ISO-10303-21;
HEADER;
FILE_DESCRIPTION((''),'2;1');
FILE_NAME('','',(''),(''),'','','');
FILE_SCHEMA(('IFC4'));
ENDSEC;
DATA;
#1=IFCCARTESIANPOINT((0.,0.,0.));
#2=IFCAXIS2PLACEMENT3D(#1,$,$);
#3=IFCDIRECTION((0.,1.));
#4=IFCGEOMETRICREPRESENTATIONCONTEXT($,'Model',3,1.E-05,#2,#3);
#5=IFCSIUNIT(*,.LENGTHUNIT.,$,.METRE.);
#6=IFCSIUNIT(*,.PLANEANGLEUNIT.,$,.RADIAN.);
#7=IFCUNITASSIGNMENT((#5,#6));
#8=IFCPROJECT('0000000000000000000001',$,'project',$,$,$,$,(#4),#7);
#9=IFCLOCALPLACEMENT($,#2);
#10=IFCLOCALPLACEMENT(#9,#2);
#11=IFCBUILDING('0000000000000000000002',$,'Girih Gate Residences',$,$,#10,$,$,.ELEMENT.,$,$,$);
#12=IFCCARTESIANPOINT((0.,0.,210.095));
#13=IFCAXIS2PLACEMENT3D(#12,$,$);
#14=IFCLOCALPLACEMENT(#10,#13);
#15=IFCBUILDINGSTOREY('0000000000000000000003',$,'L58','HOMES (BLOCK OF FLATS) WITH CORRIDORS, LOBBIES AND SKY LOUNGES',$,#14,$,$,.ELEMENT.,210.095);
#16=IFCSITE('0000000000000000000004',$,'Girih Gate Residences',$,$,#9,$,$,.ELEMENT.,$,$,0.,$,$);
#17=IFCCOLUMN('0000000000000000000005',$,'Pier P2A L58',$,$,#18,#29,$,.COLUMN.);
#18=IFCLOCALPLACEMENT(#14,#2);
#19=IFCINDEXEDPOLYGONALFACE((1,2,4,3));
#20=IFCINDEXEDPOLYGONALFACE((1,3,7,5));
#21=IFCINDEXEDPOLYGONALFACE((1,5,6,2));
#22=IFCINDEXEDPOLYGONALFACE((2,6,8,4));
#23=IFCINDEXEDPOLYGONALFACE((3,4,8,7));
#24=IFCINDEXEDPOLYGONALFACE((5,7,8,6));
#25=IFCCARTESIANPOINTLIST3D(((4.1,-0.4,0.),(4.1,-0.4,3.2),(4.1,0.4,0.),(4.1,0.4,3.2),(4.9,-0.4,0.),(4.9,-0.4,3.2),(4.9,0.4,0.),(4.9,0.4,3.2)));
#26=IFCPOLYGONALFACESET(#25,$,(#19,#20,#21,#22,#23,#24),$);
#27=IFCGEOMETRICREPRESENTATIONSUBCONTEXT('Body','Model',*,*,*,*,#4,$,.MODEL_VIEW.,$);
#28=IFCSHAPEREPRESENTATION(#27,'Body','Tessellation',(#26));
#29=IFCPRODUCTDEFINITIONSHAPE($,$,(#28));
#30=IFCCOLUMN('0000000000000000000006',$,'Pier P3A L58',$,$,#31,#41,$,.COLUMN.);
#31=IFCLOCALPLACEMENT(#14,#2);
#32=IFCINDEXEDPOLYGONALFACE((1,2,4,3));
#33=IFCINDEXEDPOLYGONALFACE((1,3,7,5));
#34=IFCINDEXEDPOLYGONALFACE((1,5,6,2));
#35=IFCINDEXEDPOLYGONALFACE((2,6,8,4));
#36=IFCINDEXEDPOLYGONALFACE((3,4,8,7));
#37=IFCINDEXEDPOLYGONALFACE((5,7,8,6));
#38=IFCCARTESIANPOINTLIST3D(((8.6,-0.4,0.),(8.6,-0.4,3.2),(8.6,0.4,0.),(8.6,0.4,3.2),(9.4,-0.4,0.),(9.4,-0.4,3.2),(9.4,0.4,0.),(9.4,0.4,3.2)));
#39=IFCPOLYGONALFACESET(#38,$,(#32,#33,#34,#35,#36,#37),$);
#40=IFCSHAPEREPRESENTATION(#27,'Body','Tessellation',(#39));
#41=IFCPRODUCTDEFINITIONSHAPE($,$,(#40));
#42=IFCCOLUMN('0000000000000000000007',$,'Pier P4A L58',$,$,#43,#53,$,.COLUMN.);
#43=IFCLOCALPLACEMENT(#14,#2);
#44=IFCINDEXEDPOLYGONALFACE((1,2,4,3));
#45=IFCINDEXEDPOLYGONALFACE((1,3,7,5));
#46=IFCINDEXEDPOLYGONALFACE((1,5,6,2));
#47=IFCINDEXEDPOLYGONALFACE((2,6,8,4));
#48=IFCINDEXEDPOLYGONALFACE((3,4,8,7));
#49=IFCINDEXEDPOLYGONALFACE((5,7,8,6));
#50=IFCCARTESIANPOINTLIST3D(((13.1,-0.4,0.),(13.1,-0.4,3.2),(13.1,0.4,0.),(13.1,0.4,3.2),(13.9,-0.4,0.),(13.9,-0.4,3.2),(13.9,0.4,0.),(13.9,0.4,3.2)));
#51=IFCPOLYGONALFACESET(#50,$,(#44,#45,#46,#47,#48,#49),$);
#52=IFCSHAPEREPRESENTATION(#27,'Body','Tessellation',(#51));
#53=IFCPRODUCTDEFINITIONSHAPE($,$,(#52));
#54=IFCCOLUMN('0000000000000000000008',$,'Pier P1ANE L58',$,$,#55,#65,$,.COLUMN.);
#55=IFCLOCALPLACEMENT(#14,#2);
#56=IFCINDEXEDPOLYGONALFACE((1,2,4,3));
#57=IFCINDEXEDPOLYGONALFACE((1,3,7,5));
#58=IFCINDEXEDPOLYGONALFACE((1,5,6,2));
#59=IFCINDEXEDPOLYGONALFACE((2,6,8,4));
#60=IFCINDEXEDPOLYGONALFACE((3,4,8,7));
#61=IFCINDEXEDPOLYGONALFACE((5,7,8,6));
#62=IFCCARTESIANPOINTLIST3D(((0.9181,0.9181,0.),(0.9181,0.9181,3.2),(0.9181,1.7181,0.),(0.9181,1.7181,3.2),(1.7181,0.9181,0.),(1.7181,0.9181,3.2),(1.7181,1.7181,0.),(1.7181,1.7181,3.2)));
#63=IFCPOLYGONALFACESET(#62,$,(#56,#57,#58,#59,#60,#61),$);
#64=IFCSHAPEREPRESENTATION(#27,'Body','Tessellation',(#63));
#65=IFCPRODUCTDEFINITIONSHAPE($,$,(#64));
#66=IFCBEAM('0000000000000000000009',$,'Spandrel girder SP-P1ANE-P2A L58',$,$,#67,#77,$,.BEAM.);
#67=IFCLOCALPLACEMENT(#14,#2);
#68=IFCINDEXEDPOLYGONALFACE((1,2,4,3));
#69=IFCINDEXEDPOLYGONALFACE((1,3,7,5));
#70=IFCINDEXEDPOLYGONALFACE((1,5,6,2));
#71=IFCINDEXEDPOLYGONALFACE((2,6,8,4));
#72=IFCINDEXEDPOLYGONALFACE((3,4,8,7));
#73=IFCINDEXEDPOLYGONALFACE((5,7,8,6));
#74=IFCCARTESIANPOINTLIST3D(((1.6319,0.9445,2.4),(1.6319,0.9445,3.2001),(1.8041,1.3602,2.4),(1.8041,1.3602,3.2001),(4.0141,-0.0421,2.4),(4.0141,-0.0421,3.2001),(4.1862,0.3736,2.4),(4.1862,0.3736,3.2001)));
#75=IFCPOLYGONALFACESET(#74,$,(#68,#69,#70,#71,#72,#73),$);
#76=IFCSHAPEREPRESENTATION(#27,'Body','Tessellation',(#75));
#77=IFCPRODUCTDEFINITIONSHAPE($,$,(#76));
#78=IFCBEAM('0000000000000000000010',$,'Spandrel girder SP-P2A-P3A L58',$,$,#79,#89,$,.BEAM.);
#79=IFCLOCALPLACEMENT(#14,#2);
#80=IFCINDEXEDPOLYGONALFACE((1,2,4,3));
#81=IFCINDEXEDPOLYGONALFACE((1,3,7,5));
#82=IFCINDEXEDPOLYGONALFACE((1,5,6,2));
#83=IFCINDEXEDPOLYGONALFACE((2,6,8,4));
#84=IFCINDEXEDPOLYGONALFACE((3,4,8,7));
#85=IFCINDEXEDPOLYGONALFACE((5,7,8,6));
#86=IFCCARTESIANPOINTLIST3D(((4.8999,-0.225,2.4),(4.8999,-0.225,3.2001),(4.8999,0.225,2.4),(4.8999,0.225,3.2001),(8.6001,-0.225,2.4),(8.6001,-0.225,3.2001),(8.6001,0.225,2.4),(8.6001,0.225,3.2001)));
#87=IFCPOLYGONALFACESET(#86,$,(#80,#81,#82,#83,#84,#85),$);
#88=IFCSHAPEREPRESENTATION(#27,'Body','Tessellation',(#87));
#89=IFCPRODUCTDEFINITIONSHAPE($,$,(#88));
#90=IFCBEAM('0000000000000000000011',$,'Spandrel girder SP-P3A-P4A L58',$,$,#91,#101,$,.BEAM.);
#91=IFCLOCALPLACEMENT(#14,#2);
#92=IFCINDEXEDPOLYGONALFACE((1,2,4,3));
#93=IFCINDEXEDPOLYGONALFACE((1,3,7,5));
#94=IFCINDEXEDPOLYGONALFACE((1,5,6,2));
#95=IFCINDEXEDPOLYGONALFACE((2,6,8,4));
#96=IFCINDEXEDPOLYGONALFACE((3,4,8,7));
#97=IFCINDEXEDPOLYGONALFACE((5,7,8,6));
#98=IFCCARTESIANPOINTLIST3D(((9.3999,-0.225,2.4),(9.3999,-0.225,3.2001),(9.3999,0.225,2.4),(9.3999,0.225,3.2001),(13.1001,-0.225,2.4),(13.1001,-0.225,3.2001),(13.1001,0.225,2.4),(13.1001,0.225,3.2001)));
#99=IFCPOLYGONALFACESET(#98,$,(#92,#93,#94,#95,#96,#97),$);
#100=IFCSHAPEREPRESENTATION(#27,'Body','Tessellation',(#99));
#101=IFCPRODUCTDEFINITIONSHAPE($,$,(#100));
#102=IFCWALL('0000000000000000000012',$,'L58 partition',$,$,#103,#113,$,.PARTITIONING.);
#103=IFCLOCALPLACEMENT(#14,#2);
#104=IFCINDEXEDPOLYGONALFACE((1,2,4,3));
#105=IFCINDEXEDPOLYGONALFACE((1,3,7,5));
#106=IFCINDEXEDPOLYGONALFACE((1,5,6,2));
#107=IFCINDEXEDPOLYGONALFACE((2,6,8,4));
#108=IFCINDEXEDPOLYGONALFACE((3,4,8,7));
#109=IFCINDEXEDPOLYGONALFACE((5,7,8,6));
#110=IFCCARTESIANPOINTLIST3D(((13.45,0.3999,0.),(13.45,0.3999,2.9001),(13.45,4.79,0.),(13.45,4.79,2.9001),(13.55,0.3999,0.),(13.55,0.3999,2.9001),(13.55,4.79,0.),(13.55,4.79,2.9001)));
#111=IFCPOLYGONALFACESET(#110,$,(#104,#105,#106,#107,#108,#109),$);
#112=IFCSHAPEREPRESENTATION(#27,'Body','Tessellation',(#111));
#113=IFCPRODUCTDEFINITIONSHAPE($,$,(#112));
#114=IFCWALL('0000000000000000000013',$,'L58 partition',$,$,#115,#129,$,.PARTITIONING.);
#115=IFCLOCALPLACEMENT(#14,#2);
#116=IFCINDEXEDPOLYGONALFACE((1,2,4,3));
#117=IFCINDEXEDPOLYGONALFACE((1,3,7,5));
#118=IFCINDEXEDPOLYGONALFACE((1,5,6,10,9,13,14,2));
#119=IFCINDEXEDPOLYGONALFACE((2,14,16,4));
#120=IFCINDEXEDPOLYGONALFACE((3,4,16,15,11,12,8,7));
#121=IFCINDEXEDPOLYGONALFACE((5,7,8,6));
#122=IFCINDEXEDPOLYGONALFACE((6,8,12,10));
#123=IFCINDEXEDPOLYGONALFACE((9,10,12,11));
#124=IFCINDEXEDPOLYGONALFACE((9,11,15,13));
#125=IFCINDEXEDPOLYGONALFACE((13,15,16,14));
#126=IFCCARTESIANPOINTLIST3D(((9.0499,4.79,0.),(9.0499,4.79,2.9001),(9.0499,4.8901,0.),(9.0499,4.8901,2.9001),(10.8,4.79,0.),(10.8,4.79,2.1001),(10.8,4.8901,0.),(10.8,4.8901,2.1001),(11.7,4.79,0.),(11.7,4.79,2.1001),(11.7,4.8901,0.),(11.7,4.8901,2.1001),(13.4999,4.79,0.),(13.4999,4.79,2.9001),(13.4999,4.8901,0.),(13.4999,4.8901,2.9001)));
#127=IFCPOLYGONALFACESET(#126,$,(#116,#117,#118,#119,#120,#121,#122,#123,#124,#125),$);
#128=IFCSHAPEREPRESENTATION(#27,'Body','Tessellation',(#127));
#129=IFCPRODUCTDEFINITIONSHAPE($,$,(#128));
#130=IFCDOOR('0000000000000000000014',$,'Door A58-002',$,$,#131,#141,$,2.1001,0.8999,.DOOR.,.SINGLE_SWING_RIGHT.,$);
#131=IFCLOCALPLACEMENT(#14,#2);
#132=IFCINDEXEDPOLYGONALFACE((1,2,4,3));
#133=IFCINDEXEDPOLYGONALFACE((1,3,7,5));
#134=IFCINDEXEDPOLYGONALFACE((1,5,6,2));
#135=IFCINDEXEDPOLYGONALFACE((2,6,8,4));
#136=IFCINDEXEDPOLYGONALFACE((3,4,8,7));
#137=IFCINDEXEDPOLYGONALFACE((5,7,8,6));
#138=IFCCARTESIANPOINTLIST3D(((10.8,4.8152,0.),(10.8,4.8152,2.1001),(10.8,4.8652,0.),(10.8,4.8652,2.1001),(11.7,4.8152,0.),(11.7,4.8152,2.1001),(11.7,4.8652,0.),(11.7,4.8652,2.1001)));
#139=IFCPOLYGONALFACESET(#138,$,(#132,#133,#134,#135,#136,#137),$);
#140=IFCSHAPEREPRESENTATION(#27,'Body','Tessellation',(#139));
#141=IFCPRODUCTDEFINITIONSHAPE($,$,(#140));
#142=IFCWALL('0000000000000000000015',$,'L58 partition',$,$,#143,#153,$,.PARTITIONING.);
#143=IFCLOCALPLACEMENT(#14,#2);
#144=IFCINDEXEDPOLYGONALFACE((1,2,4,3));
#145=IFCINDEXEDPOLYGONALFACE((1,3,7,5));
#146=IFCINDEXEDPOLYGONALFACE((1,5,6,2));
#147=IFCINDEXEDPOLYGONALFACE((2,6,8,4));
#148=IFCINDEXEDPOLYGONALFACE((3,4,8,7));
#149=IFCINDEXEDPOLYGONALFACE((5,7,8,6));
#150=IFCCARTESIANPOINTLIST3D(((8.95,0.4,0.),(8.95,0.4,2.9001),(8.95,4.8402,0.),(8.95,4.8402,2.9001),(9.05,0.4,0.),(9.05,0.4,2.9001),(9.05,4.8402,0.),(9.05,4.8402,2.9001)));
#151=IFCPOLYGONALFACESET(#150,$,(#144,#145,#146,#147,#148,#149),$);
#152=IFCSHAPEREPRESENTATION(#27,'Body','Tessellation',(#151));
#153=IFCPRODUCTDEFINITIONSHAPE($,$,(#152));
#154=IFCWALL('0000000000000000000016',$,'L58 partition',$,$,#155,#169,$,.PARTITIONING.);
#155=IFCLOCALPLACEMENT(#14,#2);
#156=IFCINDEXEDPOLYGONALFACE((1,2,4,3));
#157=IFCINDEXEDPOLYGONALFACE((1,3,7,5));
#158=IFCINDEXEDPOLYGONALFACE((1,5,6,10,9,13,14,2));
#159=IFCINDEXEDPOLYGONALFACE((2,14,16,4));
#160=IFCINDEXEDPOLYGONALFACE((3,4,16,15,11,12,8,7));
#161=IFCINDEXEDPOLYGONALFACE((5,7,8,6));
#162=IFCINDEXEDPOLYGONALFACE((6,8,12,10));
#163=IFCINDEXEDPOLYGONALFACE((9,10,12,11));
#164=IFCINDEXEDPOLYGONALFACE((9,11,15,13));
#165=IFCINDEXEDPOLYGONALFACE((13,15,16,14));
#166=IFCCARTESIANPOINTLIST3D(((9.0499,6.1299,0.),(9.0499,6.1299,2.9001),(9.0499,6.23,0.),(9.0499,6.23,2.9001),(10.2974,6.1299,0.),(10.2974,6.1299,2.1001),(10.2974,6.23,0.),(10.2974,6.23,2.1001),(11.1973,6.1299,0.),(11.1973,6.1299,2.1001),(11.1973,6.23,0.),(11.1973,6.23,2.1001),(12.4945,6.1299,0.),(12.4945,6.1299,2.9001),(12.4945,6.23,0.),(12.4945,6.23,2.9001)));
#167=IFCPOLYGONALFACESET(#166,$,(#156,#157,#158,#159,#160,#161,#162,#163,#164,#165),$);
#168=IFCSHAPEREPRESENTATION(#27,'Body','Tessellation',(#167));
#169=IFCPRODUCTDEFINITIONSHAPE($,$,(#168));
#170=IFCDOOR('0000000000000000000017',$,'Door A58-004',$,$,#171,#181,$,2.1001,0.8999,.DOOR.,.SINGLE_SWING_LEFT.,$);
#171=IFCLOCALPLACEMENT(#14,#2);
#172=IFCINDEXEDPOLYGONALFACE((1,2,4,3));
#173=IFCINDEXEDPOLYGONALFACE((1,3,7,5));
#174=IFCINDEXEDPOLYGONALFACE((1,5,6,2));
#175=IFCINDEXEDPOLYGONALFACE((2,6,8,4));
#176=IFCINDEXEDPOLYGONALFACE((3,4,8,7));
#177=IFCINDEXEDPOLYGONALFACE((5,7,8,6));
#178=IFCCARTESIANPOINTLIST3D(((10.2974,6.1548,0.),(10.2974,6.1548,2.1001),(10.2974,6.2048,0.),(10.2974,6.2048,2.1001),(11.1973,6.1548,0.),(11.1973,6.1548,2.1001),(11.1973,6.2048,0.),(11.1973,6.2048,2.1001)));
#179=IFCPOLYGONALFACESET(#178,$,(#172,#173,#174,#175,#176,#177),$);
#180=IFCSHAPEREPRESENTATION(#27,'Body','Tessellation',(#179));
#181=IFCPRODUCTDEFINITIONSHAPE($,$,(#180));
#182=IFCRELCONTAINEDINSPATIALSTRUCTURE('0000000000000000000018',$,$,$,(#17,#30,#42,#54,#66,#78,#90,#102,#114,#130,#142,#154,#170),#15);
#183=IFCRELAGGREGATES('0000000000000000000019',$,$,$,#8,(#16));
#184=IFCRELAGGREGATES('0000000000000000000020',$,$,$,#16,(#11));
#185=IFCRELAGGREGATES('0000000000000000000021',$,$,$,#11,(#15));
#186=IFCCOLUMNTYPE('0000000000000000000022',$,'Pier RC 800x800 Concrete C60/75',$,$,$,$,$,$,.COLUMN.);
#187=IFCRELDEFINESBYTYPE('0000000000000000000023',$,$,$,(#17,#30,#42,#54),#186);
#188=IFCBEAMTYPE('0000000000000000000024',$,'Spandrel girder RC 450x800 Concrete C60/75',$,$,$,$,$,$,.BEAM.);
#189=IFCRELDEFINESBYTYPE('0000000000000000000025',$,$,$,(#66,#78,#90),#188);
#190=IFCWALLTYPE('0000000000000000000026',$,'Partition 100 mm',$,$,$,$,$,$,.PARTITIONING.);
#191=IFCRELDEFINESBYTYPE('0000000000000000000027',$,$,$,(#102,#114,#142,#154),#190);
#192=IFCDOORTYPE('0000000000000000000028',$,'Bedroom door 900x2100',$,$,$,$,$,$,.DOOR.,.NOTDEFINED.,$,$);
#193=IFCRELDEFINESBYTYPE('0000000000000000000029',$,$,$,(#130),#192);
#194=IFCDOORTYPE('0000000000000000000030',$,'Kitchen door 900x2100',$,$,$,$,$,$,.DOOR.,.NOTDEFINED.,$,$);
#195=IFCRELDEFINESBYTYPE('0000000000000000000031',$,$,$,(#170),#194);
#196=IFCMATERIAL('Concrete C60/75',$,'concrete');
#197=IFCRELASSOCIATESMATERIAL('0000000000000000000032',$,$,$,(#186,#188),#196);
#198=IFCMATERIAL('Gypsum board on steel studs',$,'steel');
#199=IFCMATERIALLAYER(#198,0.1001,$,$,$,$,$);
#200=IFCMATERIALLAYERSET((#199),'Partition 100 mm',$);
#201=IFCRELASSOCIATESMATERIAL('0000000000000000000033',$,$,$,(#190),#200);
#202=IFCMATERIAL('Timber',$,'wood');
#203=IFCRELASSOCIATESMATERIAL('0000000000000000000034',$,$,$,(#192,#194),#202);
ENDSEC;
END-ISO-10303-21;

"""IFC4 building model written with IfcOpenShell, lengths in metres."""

from ifc_helpers import new_model, si_unit, direction, frame, frame_2d, origin, origin_2d, place, context, subcontext, project, spatial, rectangle, extrude, material, layer, layer_set, material_profile, profile_set, type_object, element, fill, save


model = new_model("IFC4")

# Units and contexts
model_context = context("Model", 3, precision=1e-05, world=origin(), true_north=direction((0.0, 1.0)))
body_context = subcontext(model_context, "Body", "Model", "MODEL_VIEW")
ifc_project = project(units=[si_unit("LENGTHUNIT", "METRE"), si_unit("PLANEANGLEUNIT", "RADIAN")], contexts=[model_context])

# Site, building, storey
site_placement = place(None, origin())
site = spatial("IfcSite", under=ifc_project, at=site_placement, Name="Girih Gate Residences", CompositionType="ELEMENT", RefElevation=0.0)
building_placement = place(site_placement, origin())
building = spatial("IfcBuilding", under=site, at=building_placement, Name="Girih Gate Residences", CompositionType="ELEMENT")
storey_placement = place(building_placement, frame((0.0, 0.0, 210.095)))
storey = spatial("IfcBuildingStorey", under=building, at=storey_placement, Name="L58", Description="HOMES (BLOCK OF FLATS) WITH CORRIDORS, LOBBIES AND SKY LOUNGES", CompositionType="ELEMENT", Elevation=210.095)

# Columns
ifc_material_1 = material(Name="Concrete C60/75", Category="concrete")
ifc_material_profile_1 = material_profile(ifc_material_1, rectangle(XDim=0.8, YDim=0.8, at=origin_2d()))
ifc_profile_set_1 = profile_set([ifc_material_profile_1], Name="Concrete C60/75")
column_type = type_object("IfcColumnType", Name="Pier RC 800x800 Concrete C60/75", PredefinedType="COLUMN", material=ifc_profile_set_1)
for number, where, z_axis, x_axis, name in (
    (1, (4.5, 0.0, 0.0), (0.0, 0.0, 1.0), (1.0, 0.0, 0.0), "Pier P2A L58"),
    (2, (9.0, 0.0, 0.0), (0.0, 0.0, 1.0), (1.0, 0.0, 0.0), "Pier P3A L58"),
    (3, (13.5, 0.0, 0.0), (0.0, 0.0, 1.0), (1.0, 0.0, 0.0), "Pier P4A L58"),
    (4, (1.3181, 1.3181, 0.0), (0.0, 0.0, 1.0), (1.0, 0.0, 0.0), "Pier P1ANE L58"),
):
    element("IfcColumn", number, at=place(storey_placement, frame(where, z_axis=z_axis, x_axis=x_axis)), inside=storey, type_object=column_type, Name=name, PredefinedType="COLUMN", context=body_context, shape_type="SweptSolid", body=[
        extrude(rectangle(XDim=0.8, YDim=0.8, at=origin_2d()), origin(), (0.0, 0.0, 1.0), 3.2),
    ])

# Beams
ifc_material_profile_2 = material_profile(ifc_material_1, rectangle(XDim=0.45, YDim=0.8, at=origin_2d()))
ifc_profile_set_2 = profile_set([ifc_material_profile_2], Name="Concrete C60/75")
beam_type = type_object("IfcBeamType", Name="Spandrel girder RC 450x800 Concrete C60/75", PredefinedType="BEAM", material=ifc_profile_set_2)
beam_placement = place(storey_placement, frame((1.718, 1.1523, 2.8), z_axis=(0.923896, -0.382644, 0.0), x_axis=(0.382644, 0.923896, 0.0)))
element("IfcBeam", 5, at=beam_placement, inside=storey, type_object=beam_type, Name="Spandrel girder SP-P1ANE-P2A L58", PredefinedType="BEAM", context=body_context, shape_type="SweptSolid", body=[
    extrude(rectangle(XDim=0.45, YDim=0.8, at=origin_2d()), origin(), (0.0, 0.0, 1.0), 2.5784),
])
for number, where, z_axis, x_axis, name in (
    (6, (4.8999, 0.0, 2.8), (1.0, 0.0, 0.0), (0.0, 1.0, 0.0), "Spandrel girder SP-P2A-P3A L58"),
    (7, (9.3999, 0.0, 2.8), (1.0, 0.0, 0.0), (0.0, 1.0, 0.0), "Spandrel girder SP-P3A-P4A L58"),
):
    element("IfcBeam", number, at=place(storey_placement, frame(where, z_axis=z_axis, x_axis=x_axis)), inside=storey, type_object=beam_type, Name=name, PredefinedType="BEAM", context=body_context, shape_type="SweptSolid", body=[
        extrude(rectangle(XDim=0.45, YDim=0.8, at=origin_2d()), origin(), (0.0, 0.0, 1.0), 3.7002),
    ])

# Wall
ifc_material_2 = material(Name="Gypsum board on steel studs", Category="steel")
ifc_layer_1 = layer(ifc_material_2, 0.1001)
ifc_layer_set_1 = layer_set([ifc_layer_1], Name="Partition 100 mm")
wall_type_1 = type_object("IfcWallType", Name="Partition 100 mm", PredefinedType="PARTITIONING", material=ifc_layer_set_1)
wall_1_placement = place(storey_placement, frame((13.5, 0.3999, 0.0), z_axis=(0.0, 0.0, 1.0), x_axis=(0.0, 1.0, 0.0)))
element("IfcWall", 8, at=wall_1_placement, inside=storey, type_object=wall_type_1, Name="L58 partition", PredefinedType="PARTITIONING", context=body_context, shape_type="SweptSolid", body=[
    extrude(rectangle(XDim=4.3901, YDim=0.1001, at=frame_2d((2.1951, 0.0))), origin(), (0.0, 0.0, 1.0), 2.9001),
])

# Wall, opening, door
wall_2_placement = place(storey_placement, frame((13.5, 4.8401, 0.0), z_axis=(0.0, 0.0, 1.0), x_axis=(-1.0, 0.0, 0.0)))
wall_2 = element("IfcWall", 9, at=wall_2_placement, inside=storey, type_object=wall_type_1, Name="L58 partition", PredefinedType="PARTITIONING", context=body_context, shape_type="SweptSolid", body=[
    extrude(rectangle(XDim=4.45, YDim=0.1001, at=frame_2d((2.2251, 0.0))), origin(), (0.0, 0.0, 1.0), 2.9001),
])
opening_1_placement = place(wall_2_placement, frame((1.8, 0.0, 0.0)))
opening_1 = element("IfcOpeningElement", 10, at=opening_1_placement, cuts=wall_2, PredefinedType="OPENING", context=body_context, shape_type="SweptSolid", body=[
    extrude(rectangle(XDim=0.8999, YDim=2.1001, at=frame_2d((0.45, 1.05))), frame((0.0, 0.0601, 0.0), z_axis=(0.0, -1.0, 0.0), x_axis=(1.0, 0.0, 0.0)), (0.0, 0.0, 1.0), 0.1201),
])
ifc_material_3 = material(Name="Timber", Category="wood")
door_type_1 = type_object("IfcDoorType", Name="Bedroom door 900x2100", OperationType="NOTDEFINED", PredefinedType="DOOR", material=ifc_material_3)
door_1_placement = place(opening_1_placement, origin())
door_1 = element("IfcDoor", 11, at=door_1_placement, inside=storey, type_object=door_type_1, Name="Door A58-002", OperationType="SINGLE_SWING_RIGHT", OverallHeight=2.1001, OverallWidth=0.8999, PredefinedType="DOOR", context=body_context, shape_type="SweptSolid", body=[
    extrude(rectangle(XDim=0.8999, YDim=2.1001, at=frame_2d((0.45, 1.05))), frame((0.0, 0.0249, 0.0), z_axis=(0.0, -1.0, 0.0), x_axis=(1.0, 0.0, 0.0)), (0.0, 0.0, 1.0), 0.05),
])
fill(opening_1, door_1)

# Wall
wall_3_placement = place(storey_placement, frame((9.0, 0.3999, 0.0), z_axis=(0.0, 0.0, 1.0), x_axis=(0.0, 1.0, 0.0)))
element("IfcWall", 12, at=wall_3_placement, inside=storey, type_object=wall_type_1, Name="L58 partition", PredefinedType="PARTITIONING", context=body_context, shape_type="SweptSolid", body=[
    extrude(rectangle(XDim=4.4402, YDim=0.1001, at=frame_2d((2.2202, 0.0))), origin(), (0.0, 0.0, 1.0), 2.9001),
])

# Wall, opening, door
wall_4_placement = place(storey_placement, frame((9.05, 6.1799, 0.0), z_axis=(0.0, 0.0, 1.0), x_axis=(1.0, 0.0, 0.0)))
wall_4 = element("IfcWall", 13, at=wall_4_placement, inside=storey, type_object=wall_type_1, Name="L58 partition", PredefinedType="PARTITIONING", context=body_context, shape_type="SweptSolid", body=[
    extrude(rectangle(XDim=3.4446, YDim=0.1001, at=frame_2d((1.7222, 0.0))), origin(), (0.0, 0.0, 1.0), 2.9001),
])
opening_2_placement = place(wall_4_placement, frame((1.2473, 0.0, 0.0)))
opening_2 = element("IfcOpeningElement", 14, at=opening_2_placement, cuts=wall_4, PredefinedType="OPENING", context=body_context, shape_type="SweptSolid", body=[
    extrude(rectangle(XDim=0.8999, YDim=2.1001, at=frame_2d((0.45, 1.05))), frame((0.0, 0.0601, 0.0), z_axis=(0.0, -1.0, 0.0), x_axis=(1.0, 0.0, 0.0)), (0.0, 0.0, 1.0), 0.1201),
])
door_type_2 = type_object("IfcDoorType", Name="Kitchen door 900x2100", OperationType="NOTDEFINED", PredefinedType="DOOR", material=ifc_material_3)
door_2_placement = place(opening_2_placement, origin())
door_2 = element("IfcDoor", 15, at=door_2_placement, inside=storey, type_object=door_type_2, Name="Door A58-004", OperationType="SINGLE_SWING_LEFT", OverallHeight=2.1001, OverallWidth=0.8999, PredefinedType="DOOR", context=body_context, shape_type="SweptSolid", body=[
    extrude(rectangle(XDim=0.8999, YDim=2.1001, at=frame_2d((0.45, 1.05))), frame((0.0, 0.0249, 0.0), z_axis=(0.0, -1.0, 0.0), x_axis=(1.0, 0.0, 0.0)), (0.0, 0.0, 1.0), 0.05),
])
fill(opening_2, door_2)

save(model, "model.ifc")
